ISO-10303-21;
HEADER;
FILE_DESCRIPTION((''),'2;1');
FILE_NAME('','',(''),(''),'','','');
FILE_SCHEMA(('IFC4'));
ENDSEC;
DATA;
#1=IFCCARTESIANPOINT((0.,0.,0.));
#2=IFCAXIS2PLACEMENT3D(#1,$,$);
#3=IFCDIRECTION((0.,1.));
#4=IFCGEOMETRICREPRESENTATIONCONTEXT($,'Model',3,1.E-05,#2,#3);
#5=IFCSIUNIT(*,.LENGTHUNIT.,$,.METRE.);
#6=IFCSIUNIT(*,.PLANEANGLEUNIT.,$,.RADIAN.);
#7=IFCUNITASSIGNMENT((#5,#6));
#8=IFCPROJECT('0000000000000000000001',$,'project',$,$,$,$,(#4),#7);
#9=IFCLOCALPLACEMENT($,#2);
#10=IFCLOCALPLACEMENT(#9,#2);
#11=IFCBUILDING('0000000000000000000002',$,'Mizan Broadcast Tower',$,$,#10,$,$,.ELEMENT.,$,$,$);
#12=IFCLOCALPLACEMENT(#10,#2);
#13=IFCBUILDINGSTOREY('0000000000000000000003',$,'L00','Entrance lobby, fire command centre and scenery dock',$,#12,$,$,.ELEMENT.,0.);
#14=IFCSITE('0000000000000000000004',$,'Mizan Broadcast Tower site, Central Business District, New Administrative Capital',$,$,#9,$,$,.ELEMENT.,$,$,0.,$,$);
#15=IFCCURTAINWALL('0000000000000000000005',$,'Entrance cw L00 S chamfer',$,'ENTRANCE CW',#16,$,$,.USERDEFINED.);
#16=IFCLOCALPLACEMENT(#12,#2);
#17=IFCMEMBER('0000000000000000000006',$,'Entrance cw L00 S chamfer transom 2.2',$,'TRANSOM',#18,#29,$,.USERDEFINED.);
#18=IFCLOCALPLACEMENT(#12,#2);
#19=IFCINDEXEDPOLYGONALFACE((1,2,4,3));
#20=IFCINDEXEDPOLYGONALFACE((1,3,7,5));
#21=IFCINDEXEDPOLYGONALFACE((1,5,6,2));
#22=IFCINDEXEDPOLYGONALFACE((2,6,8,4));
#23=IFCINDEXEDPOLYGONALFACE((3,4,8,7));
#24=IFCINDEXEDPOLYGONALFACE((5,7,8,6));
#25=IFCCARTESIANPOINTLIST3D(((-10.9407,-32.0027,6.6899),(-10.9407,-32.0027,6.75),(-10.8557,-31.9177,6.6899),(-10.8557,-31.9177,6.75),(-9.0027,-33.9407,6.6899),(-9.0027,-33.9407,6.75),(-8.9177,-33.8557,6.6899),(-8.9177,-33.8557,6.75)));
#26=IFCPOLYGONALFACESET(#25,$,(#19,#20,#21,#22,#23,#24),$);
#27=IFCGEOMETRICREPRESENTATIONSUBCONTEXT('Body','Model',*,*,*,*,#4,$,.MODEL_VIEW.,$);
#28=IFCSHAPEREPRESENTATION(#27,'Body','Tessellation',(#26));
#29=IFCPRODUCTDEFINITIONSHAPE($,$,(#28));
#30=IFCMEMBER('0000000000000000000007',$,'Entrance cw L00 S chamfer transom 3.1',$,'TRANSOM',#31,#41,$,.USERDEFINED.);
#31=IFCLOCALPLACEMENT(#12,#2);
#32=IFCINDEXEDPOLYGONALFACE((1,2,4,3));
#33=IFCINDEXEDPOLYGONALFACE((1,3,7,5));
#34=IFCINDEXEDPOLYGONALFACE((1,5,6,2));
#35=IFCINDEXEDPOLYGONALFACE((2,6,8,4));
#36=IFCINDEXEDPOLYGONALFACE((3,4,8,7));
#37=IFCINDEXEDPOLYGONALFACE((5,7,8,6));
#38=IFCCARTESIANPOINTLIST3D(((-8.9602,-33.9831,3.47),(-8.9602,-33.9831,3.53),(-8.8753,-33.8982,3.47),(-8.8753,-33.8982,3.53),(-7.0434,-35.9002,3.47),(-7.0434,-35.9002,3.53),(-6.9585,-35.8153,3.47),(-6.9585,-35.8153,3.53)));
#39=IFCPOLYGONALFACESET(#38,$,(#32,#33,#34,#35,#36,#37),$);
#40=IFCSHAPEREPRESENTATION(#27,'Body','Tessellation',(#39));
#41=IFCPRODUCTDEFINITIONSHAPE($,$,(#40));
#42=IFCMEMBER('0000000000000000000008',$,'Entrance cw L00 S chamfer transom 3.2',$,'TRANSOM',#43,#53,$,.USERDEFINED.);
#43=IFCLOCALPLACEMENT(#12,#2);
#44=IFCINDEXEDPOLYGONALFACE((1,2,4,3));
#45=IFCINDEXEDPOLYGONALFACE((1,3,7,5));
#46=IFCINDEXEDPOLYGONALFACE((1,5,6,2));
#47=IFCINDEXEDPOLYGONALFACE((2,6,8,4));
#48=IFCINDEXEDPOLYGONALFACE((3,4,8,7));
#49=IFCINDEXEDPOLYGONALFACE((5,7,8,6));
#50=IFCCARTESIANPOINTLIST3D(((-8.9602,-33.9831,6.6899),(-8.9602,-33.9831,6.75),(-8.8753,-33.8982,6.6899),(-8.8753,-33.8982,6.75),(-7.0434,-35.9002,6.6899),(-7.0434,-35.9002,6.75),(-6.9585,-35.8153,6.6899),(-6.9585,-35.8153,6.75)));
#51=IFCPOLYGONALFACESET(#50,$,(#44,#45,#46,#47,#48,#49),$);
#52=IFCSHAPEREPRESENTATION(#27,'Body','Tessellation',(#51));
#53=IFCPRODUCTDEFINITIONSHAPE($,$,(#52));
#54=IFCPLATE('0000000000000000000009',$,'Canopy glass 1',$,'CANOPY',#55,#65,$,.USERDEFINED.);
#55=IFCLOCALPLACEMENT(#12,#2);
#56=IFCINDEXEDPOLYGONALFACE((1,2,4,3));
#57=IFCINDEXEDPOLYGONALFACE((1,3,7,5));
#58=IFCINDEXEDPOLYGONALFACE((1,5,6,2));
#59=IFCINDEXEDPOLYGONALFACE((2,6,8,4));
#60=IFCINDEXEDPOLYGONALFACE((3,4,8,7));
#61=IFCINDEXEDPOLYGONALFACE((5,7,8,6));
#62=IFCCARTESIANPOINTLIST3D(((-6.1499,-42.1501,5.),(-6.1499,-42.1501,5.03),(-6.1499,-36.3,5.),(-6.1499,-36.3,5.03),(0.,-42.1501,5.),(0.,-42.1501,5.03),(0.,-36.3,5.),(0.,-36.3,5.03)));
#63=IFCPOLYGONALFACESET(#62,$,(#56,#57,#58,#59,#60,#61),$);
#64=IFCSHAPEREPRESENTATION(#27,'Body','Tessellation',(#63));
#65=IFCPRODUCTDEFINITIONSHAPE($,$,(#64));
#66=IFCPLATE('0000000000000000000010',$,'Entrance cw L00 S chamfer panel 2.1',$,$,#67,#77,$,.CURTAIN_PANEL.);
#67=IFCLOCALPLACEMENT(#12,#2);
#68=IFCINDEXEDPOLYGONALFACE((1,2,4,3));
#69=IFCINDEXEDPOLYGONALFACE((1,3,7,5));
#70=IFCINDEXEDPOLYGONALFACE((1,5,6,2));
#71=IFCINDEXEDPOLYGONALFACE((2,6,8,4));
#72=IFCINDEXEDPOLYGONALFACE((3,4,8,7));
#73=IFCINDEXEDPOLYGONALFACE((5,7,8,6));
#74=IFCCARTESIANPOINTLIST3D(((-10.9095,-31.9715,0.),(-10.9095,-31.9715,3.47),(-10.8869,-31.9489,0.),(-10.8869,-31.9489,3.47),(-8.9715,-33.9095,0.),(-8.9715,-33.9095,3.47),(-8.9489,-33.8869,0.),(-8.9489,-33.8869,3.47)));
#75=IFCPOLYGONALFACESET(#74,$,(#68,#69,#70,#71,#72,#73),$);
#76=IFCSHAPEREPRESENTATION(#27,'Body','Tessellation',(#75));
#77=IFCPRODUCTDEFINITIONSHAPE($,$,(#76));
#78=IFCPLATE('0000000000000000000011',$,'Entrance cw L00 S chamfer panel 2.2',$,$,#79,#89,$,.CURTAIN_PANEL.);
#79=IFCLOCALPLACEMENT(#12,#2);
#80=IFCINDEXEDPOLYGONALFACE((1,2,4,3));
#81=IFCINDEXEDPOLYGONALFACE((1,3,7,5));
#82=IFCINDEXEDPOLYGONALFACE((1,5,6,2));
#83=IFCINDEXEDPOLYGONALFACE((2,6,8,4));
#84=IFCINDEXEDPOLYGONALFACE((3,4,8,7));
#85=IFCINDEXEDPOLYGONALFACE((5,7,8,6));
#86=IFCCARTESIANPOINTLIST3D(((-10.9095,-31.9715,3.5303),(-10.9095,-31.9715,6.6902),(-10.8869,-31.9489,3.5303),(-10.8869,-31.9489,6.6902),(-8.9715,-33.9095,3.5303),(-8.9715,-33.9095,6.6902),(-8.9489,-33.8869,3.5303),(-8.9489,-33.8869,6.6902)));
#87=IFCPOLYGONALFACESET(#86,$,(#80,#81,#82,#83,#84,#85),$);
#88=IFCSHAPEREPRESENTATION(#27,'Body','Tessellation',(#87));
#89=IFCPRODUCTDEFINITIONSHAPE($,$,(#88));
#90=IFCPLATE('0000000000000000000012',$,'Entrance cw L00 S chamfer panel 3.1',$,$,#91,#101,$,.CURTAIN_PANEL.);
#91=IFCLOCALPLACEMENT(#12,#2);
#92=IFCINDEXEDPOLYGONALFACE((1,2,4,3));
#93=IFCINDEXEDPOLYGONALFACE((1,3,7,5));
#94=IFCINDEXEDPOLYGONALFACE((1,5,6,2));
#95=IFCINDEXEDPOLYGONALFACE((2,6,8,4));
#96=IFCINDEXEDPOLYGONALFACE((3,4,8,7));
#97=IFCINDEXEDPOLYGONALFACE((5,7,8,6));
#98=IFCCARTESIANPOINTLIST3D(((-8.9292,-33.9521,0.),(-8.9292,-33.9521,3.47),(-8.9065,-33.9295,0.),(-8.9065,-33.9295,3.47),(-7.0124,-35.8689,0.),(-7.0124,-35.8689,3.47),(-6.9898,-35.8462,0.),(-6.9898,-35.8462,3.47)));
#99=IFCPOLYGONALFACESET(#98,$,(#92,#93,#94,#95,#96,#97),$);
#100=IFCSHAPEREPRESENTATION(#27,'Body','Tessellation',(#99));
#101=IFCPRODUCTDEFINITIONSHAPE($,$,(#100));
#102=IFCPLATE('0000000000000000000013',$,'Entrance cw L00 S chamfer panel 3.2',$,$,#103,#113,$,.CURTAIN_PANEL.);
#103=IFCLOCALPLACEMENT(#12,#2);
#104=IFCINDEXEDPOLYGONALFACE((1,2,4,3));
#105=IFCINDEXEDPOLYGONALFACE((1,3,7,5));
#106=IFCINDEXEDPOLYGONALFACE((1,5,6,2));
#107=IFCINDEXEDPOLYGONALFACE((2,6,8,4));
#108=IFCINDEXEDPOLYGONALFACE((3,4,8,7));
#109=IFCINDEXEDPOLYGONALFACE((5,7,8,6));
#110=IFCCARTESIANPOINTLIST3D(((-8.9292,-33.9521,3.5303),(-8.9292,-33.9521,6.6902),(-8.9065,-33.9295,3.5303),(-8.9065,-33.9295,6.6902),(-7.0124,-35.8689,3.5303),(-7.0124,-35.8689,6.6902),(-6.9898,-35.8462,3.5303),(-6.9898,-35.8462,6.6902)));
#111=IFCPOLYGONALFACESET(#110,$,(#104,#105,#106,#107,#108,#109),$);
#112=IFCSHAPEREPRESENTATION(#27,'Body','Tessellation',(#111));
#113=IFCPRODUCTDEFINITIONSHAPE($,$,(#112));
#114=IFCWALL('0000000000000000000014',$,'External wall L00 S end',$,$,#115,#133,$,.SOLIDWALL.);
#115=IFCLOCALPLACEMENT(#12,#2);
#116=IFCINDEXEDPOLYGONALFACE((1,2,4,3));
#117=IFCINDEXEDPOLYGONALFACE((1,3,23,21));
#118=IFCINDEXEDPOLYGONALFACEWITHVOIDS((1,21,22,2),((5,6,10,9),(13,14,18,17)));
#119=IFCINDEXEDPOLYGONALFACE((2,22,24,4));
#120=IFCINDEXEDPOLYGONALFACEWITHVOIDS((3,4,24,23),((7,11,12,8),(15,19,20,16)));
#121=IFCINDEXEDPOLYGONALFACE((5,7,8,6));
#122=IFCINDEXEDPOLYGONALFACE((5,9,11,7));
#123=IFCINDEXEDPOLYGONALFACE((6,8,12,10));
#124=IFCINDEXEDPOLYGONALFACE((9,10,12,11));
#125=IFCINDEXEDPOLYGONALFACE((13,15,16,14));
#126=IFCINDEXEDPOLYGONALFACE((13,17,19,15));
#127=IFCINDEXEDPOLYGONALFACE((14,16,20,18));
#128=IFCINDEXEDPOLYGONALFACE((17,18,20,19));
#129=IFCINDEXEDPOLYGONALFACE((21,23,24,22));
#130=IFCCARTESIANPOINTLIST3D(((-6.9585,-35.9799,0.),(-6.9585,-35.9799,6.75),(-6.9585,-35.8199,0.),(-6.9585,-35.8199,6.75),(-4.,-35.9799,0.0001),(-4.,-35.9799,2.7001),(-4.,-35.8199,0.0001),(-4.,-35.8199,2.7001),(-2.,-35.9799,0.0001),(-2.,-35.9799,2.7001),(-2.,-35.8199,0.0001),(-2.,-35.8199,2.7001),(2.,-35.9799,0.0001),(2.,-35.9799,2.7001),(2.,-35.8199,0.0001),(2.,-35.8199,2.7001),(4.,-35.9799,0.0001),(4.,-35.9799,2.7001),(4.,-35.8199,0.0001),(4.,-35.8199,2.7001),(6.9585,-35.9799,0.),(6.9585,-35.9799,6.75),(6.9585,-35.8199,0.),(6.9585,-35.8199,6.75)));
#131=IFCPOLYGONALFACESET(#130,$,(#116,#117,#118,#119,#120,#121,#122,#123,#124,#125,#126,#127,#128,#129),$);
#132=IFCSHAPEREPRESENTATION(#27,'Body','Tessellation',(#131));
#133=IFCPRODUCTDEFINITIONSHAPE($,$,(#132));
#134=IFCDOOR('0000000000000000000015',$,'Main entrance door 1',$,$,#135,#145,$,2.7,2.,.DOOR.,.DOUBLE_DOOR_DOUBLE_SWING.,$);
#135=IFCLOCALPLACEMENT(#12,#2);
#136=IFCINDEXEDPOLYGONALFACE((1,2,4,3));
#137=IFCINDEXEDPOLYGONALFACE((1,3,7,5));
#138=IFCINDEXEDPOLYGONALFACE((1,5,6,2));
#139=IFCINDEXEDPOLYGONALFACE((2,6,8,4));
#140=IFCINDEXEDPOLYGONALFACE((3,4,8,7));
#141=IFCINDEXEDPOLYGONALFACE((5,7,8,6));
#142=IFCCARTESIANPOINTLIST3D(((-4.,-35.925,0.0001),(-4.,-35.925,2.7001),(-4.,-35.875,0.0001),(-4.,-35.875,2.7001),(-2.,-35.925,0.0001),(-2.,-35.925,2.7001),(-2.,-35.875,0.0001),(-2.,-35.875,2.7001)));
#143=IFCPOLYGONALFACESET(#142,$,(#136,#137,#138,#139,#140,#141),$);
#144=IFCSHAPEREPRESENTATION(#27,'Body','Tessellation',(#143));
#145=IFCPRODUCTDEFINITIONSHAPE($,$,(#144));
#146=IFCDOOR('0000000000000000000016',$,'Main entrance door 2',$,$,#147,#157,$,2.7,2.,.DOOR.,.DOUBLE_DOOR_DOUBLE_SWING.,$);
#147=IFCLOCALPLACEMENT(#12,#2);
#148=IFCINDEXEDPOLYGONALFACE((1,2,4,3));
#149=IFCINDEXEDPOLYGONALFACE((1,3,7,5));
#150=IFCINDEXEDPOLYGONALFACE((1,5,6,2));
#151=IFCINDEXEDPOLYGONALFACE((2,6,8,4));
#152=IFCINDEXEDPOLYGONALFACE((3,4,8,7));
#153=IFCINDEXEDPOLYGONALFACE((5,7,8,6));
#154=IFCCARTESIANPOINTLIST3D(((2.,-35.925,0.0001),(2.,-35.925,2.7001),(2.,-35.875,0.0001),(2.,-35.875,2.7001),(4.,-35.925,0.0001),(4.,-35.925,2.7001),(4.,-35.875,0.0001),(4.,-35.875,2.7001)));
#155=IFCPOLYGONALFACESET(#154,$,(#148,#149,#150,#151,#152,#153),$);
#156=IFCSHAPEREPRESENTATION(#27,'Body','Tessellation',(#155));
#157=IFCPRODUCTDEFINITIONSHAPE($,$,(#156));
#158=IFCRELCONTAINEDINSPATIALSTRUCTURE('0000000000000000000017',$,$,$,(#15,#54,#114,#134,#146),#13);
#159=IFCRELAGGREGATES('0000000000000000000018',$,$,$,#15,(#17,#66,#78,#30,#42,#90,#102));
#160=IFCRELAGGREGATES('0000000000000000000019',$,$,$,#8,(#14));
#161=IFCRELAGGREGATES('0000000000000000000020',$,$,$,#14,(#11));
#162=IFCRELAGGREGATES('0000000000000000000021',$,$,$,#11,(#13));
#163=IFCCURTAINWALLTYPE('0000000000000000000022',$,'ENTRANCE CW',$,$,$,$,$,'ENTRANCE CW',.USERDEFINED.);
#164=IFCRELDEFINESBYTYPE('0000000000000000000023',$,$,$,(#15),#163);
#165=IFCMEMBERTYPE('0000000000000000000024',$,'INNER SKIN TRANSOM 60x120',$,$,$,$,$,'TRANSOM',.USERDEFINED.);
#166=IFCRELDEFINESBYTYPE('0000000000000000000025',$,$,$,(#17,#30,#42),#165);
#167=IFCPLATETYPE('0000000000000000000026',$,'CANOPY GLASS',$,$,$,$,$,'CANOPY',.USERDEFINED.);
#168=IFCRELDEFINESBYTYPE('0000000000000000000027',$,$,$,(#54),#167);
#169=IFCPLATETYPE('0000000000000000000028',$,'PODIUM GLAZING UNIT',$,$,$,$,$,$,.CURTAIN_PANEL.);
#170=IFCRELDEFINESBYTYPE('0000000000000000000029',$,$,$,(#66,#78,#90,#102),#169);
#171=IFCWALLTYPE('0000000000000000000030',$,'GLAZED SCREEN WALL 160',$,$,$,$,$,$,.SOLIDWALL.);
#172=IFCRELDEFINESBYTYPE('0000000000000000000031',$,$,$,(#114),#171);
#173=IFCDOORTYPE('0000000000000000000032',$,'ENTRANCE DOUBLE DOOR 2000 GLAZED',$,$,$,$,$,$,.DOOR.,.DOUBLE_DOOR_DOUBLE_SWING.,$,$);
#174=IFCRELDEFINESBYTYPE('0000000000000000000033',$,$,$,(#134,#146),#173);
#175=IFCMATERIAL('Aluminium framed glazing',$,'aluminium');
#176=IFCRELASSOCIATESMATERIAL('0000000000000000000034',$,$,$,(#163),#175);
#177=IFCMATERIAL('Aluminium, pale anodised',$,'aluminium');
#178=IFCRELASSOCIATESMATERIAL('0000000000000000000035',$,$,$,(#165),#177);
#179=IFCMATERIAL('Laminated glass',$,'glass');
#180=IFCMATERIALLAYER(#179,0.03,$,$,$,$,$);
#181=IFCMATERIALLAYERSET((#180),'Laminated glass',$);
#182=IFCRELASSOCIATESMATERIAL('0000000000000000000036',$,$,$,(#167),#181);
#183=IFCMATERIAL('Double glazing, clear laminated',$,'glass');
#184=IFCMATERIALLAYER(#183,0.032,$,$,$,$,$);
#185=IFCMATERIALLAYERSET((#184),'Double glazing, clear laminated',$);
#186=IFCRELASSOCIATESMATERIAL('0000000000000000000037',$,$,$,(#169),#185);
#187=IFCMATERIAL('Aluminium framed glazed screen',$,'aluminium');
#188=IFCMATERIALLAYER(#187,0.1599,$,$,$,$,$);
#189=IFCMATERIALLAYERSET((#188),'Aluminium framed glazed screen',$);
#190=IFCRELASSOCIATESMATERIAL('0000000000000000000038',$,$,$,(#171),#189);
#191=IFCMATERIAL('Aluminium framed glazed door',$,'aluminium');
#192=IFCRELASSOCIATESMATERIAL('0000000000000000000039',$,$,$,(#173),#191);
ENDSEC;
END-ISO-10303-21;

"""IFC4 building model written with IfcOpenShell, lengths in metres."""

from ifc_helpers import new_model, si_unit, direction, frame, frame_2d, origin, origin_2d, place, context, subcontext, project, spatial, rectangle, extrude, material, layer, layer_set, material_profile, profile_set, type_object, element, fill, aggregate, save


model = new_model("IFC4")

# Units and contexts
model_context = context("Model", 3, precision=1e-05, world=origin(), true_north=direction((0.0, 1.0)))
body_context = subcontext(model_context, "Body", "Model", "MODEL_VIEW")
ifc_project = project(units=[si_unit("LENGTHUNIT", "METRE"), si_unit("PLANEANGLEUNIT", "RADIAN")], contexts=[model_context])

# Site, building, storey
site_placement = place(None, origin())
site = spatial("IfcSite", under=ifc_project, at=site_placement, Name="Mizan Broadcast Tower site, Central Business District, New Administrative Capital", CompositionType="ELEMENT", RefElevation=0.0)
building_placement = place(site_placement, origin())
building = spatial("IfcBuilding", under=site, at=building_placement, Name="Mizan Broadcast Tower", CompositionType="ELEMENT")
storey_placement = place(building_placement, origin())
storey = spatial("IfcBuildingStorey", under=building, at=storey_placement, Name="L00", Description="Entrance lobby, fire command centre and scenery dock", CompositionType="ELEMENT", Elevation=0.0)

# Curtain wall, members
ifc_material_1 = material(Name="Aluminium framed glazing", Category="aluminium")
curtain_wall_type = type_object("IfcCurtainWallType", Name="ENTRANCE CW", ElementType="ENTRANCE CW", PredefinedType="USERDEFINED", material=ifc_material_1)
curtain_wall_placement = place(storey_placement, origin())
curtain_wall = element("IfcCurtainWall", 1, at=curtain_wall_placement, inside=storey, type_object=curtain_wall_type, Name="Entrance cw L00 S chamfer", ObjectType="ENTRANCE CW", PredefinedType="USERDEFINED")
ifc_material_2 = material(Name="Aluminium, pale anodised", Category="aluminium")
ifc_material_profile_1 = material_profile(ifc_material_2, rectangle(XDim=0.1201, YDim=0.0601, at=origin_2d()), Name="TRANSOM 120x60")
ifc_profile_set_1 = profile_set([ifc_material_profile_1], Name="Aluminium, pale anodised")
member_type_1 = type_object("IfcMemberType", Name="INNER SKIN TRANSOM 60x120", ElementType="TRANSOM", PredefinedType="USERDEFINED", material=ifc_profile_set_1)
member_1_placement = place(storey_placement, frame((-10.8982, -31.9602, 6.72), z_axis=(0.707107, -0.707107, 0.0), x_axis=(0.707107, 0.707107, 0.0)))
member_1 = element("IfcMember", 2, at=member_1_placement, type_object=member_type_1, Name="Entrance cw L00 S chamfer transom 2.2", ObjectType="TRANSOM", PredefinedType="USERDEFINED", context=body_context, shape_type="SweptSolid", body=[
    extrude(rectangle(XDim=0.1201, YDim=0.0601, at=origin_2d()), origin(), (0.0, 0.0, 1.0), 2.7407),
])
member_2_placement = place(storey_placement, frame((-8.9177, -33.9407, 3.5), z_axis=(0.707062, -0.707152, 0.0), x_axis=(0.707152, 0.707062, 0.0)))
member_2 = element("IfcMember", 3, at=member_2_placement, type_object=member_type_1, Name="Entrance cw L00 S chamfer transom 3.1", ObjectType="TRANSOM", PredefinedType="USERDEFINED", context=body_context, shape_type="SweptSolid", body=[
    extrude(rectangle(XDim=0.1201, YDim=0.0601, at=origin_2d()), origin(), (0.0, 0.0, 1.0), 2.7109),
])
member_3_placement = place(storey_placement, frame((-8.9177, -33.9407, 6.72), z_axis=(0.707062, -0.707152, 0.0), x_axis=(0.707152, 0.707062, 0.0)))
member_3 = element("IfcMember", 4, at=member_3_placement, type_object=member_type_1, Name="Entrance cw L00 S chamfer transom 3.2", ObjectType="TRANSOM", PredefinedType="USERDEFINED", context=body_context, shape_type="SweptSolid", body=[
    extrude(rectangle(XDim=0.1201, YDim=0.0601, at=origin_2d()), origin(), (0.0, 0.0, 1.0), 2.7109),
])

# Plates
ifc_material_3 = material(Name="Laminated glass", Category="glass")
ifc_layer_1 = layer(ifc_material_3, 0.03)
ifc_layer_set_1 = layer_set([ifc_layer_1], Name="Laminated glass")
plate_type_1 = type_object("IfcPlateType", Name="CANOPY GLASS", ElementType="CANOPY", PredefinedType="USERDEFINED", material=ifc_layer_set_1)
plate_1_placement = place(storey_placement, frame((-3.075, -39.2251, 5.0), z_axis=(0.0, 0.0, 1.0), x_axis=(1.0, 0.0, 0.0)))
element("IfcPlate", 5, at=plate_1_placement, inside=storey, type_object=plate_type_1, Name="Canopy glass 1", ObjectType="CANOPY", PredefinedType="USERDEFINED", context=body_context, shape_type="SweptSolid", body=[
    extrude(rectangle(XDim=6.1499, YDim=5.8501, at=origin_2d()), origin(), (0.0, 0.0, 1.0), 0.03),
])
ifc_material_4 = material(Name="Double glazing, clear laminated", Category="glass")
ifc_layer_2 = layer(ifc_material_4, 0.032)
ifc_layer_set_2 = layer_set([ifc_layer_2], Name="Double glazing, clear laminated")
plate_type_2 = type_object("IfcPlateType", Name="PODIUM GLAZING UNIT", PredefinedType="CURTAIN_PANEL", material=ifc_layer_set_2)
plate_2_placement = place(storey_placement, frame((-9.9292, -32.9292, 0.0), z_axis=(0.0, 0.0, 1.0), x_axis=(0.707107, -0.707107, 0.0)))
plate_2 = element("IfcPlate", 6, at=plate_2_placement, type_object=plate_type_2, Name="Entrance cw L00 S chamfer panel 2.1", PredefinedType="CURTAIN_PANEL", context=body_context, shape_type="SweptSolid", body=[
    extrude(rectangle(XDim=2.7407, YDim=0.032, at=origin_2d()), origin(), (0.0, 0.0, 1.0), 3.47),
])
plate_3_placement = place(storey_placement, frame((-9.9292, -32.9292, 3.5303), z_axis=(0.0, 0.0, 1.0), x_axis=(0.707107, -0.707107, 0.0)))
plate_3 = element("IfcPlate", 7, at=plate_3_placement, type_object=plate_type_2, Name="Entrance cw L00 S chamfer panel 2.2", PredefinedType="CURTAIN_PANEL", context=body_context, shape_type="SweptSolid", body=[
    extrude(rectangle(XDim=2.7407, YDim=0.032, at=origin_2d()), origin(), (0.0, 0.0, 1.0), 3.1599),
])
plate_4_placement = place(storey_placement, frame((-7.9595, -34.8992, 0.0), z_axis=(0.0, 0.0, 1.0), x_axis=(0.707107, -0.707107, 0.0)))
plate_4 = element("IfcPlate", 8, at=plate_4_placement, type_object=plate_type_2, Name="Entrance cw L00 S chamfer panel 3.1", PredefinedType="CURTAIN_PANEL", context=body_context, shape_type="SweptSolid", body=[
    extrude(rectangle(XDim=2.7107, YDim=0.032, at=origin_2d()), origin(), (0.0, 0.0, 1.0), 3.47),
])
plate_5_placement = place(storey_placement, frame((-7.9595, -34.8992, 3.5303), z_axis=(0.0, 0.0, 1.0), x_axis=(0.707107, -0.707107, 0.0)))
plate_5 = element("IfcPlate", 9, at=plate_5_placement, type_object=plate_type_2, Name="Entrance cw L00 S chamfer panel 3.2", PredefinedType="CURTAIN_PANEL", context=body_context, shape_type="SweptSolid", body=[
    extrude(rectangle(XDim=2.7107, YDim=0.032, at=origin_2d()), origin(), (0.0, 0.0, 1.0), 3.1599),
])
aggregate(curtain_wall, [member_1, plate_2, plate_3, member_2, member_3, plate_4, plate_5])

# Wall, openings, doors
ifc_material_5 = material(Name="Aluminium framed glazed screen", Category="aluminium")
ifc_layer_3 = layer(ifc_material_5, 0.1599)
ifc_layer_set_3 = layer_set([ifc_layer_3], Name="Aluminium framed glazed screen")
wall_type = type_object("IfcWallType", Name="GLAZED SCREEN WALL 160", PredefinedType="SOLIDWALL", material=ifc_layer_set_3)
wall_placement = place(storey_placement, frame((-6.9585, -35.8999, 0.0), z_axis=(0.0, 0.0, 1.0), x_axis=(1.0, 0.0, 0.0)))
wall = element("IfcWall", 10, at=wall_placement, inside=storey, type_object=wall_type, Name="External wall L00 S end", PredefinedType="SOLIDWALL", context=body_context, shape_type="SweptSolid", body=[
    extrude(rectangle(XDim=13.917, YDim=0.1599, at=frame_2d((6.9585, 0.0))), origin(), (0.0, 0.0, 1.0), 6.75),
])
opening_1_placement = place(wall_placement, frame((2.9585, 0.0, 0.0)))
opening_1 = element("IfcOpeningElement", 11, at=opening_1_placement, cuts=wall, PredefinedType="OPENING", context=body_context, shape_type="SweptSolid", body=[
    extrude(rectangle(XDim=2.0, YDim=2.7, at=frame_2d((1.0, 1.3501))), frame((0.0, 0.0898, 0.0), z_axis=(0.0, -1.0, 0.0), x_axis=(1.0, 0.0, 0.0)), (0.0, 0.0, 1.0), 0.1799),
])
opening_2_placement = place(wall_placement, frame((8.9585, 0.0, 0.0)))
opening_2 = element("IfcOpeningElement", 12, at=opening_2_placement, cuts=wall, PredefinedType="OPENING", context=body_context, shape_type="SweptSolid", body=[
    extrude(rectangle(XDim=2.0, YDim=2.7, at=frame_2d((1.0, 1.3501))), frame((0.0, 0.0898, 0.0), z_axis=(0.0, -1.0, 0.0), x_axis=(1.0, 0.0, 0.0)), (0.0, 0.0, 1.0), 0.1799),
])
ifc_material_6 = material(Name="Aluminium framed glazed door", Category="aluminium")
door_type = type_object("IfcDoorType", Name="ENTRANCE DOUBLE DOOR 2000 GLAZED", OperationType="DOUBLE_DOOR_DOUBLE_SWING", PredefinedType="DOOR", material=ifc_material_6)
door_1_placement = place(opening_1_placement, origin())
door_1 = element("IfcDoor", 13, at=door_1_placement, inside=storey, type_object=door_type, Name="Main entrance door 1", OperationType="DOUBLE_DOOR_DOUBLE_SWING", OverallHeight=2.7, OverallWidth=2.0, PredefinedType="DOOR", context=body_context, shape_type="SweptSolid", body=[
    extrude(rectangle(XDim=2.0, YDim=2.7, at=frame_2d((1.0, 1.3501))), frame((0.0, 0.0249, 0.0), z_axis=(0.0, -1.0, 0.0), x_axis=(1.0, 0.0, 0.0)), (0.0, 0.0, 1.0), 0.05),
])
fill(opening_1, door_1)
door_2_placement = place(opening_2_placement, origin())
door_2 = element("IfcDoor", 14, at=door_2_placement, inside=storey, type_object=door_type, Name="Main entrance door 2", OperationType="DOUBLE_DOOR_DOUBLE_SWING", OverallHeight=2.7, OverallWidth=2.0, PredefinedType="DOOR", context=body_context, shape_type="SweptSolid", body=[
    extrude(rectangle(XDim=2.0, YDim=2.7, at=frame_2d((1.0, 1.3501))), frame((0.0, 0.0249, 0.0), z_axis=(0.0, -1.0, 0.0), x_axis=(1.0, 0.0, 0.0)), (0.0, 0.0, 1.0), 0.05),
])
fill(opening_2, door_2)

save(model, "model.ifc")
